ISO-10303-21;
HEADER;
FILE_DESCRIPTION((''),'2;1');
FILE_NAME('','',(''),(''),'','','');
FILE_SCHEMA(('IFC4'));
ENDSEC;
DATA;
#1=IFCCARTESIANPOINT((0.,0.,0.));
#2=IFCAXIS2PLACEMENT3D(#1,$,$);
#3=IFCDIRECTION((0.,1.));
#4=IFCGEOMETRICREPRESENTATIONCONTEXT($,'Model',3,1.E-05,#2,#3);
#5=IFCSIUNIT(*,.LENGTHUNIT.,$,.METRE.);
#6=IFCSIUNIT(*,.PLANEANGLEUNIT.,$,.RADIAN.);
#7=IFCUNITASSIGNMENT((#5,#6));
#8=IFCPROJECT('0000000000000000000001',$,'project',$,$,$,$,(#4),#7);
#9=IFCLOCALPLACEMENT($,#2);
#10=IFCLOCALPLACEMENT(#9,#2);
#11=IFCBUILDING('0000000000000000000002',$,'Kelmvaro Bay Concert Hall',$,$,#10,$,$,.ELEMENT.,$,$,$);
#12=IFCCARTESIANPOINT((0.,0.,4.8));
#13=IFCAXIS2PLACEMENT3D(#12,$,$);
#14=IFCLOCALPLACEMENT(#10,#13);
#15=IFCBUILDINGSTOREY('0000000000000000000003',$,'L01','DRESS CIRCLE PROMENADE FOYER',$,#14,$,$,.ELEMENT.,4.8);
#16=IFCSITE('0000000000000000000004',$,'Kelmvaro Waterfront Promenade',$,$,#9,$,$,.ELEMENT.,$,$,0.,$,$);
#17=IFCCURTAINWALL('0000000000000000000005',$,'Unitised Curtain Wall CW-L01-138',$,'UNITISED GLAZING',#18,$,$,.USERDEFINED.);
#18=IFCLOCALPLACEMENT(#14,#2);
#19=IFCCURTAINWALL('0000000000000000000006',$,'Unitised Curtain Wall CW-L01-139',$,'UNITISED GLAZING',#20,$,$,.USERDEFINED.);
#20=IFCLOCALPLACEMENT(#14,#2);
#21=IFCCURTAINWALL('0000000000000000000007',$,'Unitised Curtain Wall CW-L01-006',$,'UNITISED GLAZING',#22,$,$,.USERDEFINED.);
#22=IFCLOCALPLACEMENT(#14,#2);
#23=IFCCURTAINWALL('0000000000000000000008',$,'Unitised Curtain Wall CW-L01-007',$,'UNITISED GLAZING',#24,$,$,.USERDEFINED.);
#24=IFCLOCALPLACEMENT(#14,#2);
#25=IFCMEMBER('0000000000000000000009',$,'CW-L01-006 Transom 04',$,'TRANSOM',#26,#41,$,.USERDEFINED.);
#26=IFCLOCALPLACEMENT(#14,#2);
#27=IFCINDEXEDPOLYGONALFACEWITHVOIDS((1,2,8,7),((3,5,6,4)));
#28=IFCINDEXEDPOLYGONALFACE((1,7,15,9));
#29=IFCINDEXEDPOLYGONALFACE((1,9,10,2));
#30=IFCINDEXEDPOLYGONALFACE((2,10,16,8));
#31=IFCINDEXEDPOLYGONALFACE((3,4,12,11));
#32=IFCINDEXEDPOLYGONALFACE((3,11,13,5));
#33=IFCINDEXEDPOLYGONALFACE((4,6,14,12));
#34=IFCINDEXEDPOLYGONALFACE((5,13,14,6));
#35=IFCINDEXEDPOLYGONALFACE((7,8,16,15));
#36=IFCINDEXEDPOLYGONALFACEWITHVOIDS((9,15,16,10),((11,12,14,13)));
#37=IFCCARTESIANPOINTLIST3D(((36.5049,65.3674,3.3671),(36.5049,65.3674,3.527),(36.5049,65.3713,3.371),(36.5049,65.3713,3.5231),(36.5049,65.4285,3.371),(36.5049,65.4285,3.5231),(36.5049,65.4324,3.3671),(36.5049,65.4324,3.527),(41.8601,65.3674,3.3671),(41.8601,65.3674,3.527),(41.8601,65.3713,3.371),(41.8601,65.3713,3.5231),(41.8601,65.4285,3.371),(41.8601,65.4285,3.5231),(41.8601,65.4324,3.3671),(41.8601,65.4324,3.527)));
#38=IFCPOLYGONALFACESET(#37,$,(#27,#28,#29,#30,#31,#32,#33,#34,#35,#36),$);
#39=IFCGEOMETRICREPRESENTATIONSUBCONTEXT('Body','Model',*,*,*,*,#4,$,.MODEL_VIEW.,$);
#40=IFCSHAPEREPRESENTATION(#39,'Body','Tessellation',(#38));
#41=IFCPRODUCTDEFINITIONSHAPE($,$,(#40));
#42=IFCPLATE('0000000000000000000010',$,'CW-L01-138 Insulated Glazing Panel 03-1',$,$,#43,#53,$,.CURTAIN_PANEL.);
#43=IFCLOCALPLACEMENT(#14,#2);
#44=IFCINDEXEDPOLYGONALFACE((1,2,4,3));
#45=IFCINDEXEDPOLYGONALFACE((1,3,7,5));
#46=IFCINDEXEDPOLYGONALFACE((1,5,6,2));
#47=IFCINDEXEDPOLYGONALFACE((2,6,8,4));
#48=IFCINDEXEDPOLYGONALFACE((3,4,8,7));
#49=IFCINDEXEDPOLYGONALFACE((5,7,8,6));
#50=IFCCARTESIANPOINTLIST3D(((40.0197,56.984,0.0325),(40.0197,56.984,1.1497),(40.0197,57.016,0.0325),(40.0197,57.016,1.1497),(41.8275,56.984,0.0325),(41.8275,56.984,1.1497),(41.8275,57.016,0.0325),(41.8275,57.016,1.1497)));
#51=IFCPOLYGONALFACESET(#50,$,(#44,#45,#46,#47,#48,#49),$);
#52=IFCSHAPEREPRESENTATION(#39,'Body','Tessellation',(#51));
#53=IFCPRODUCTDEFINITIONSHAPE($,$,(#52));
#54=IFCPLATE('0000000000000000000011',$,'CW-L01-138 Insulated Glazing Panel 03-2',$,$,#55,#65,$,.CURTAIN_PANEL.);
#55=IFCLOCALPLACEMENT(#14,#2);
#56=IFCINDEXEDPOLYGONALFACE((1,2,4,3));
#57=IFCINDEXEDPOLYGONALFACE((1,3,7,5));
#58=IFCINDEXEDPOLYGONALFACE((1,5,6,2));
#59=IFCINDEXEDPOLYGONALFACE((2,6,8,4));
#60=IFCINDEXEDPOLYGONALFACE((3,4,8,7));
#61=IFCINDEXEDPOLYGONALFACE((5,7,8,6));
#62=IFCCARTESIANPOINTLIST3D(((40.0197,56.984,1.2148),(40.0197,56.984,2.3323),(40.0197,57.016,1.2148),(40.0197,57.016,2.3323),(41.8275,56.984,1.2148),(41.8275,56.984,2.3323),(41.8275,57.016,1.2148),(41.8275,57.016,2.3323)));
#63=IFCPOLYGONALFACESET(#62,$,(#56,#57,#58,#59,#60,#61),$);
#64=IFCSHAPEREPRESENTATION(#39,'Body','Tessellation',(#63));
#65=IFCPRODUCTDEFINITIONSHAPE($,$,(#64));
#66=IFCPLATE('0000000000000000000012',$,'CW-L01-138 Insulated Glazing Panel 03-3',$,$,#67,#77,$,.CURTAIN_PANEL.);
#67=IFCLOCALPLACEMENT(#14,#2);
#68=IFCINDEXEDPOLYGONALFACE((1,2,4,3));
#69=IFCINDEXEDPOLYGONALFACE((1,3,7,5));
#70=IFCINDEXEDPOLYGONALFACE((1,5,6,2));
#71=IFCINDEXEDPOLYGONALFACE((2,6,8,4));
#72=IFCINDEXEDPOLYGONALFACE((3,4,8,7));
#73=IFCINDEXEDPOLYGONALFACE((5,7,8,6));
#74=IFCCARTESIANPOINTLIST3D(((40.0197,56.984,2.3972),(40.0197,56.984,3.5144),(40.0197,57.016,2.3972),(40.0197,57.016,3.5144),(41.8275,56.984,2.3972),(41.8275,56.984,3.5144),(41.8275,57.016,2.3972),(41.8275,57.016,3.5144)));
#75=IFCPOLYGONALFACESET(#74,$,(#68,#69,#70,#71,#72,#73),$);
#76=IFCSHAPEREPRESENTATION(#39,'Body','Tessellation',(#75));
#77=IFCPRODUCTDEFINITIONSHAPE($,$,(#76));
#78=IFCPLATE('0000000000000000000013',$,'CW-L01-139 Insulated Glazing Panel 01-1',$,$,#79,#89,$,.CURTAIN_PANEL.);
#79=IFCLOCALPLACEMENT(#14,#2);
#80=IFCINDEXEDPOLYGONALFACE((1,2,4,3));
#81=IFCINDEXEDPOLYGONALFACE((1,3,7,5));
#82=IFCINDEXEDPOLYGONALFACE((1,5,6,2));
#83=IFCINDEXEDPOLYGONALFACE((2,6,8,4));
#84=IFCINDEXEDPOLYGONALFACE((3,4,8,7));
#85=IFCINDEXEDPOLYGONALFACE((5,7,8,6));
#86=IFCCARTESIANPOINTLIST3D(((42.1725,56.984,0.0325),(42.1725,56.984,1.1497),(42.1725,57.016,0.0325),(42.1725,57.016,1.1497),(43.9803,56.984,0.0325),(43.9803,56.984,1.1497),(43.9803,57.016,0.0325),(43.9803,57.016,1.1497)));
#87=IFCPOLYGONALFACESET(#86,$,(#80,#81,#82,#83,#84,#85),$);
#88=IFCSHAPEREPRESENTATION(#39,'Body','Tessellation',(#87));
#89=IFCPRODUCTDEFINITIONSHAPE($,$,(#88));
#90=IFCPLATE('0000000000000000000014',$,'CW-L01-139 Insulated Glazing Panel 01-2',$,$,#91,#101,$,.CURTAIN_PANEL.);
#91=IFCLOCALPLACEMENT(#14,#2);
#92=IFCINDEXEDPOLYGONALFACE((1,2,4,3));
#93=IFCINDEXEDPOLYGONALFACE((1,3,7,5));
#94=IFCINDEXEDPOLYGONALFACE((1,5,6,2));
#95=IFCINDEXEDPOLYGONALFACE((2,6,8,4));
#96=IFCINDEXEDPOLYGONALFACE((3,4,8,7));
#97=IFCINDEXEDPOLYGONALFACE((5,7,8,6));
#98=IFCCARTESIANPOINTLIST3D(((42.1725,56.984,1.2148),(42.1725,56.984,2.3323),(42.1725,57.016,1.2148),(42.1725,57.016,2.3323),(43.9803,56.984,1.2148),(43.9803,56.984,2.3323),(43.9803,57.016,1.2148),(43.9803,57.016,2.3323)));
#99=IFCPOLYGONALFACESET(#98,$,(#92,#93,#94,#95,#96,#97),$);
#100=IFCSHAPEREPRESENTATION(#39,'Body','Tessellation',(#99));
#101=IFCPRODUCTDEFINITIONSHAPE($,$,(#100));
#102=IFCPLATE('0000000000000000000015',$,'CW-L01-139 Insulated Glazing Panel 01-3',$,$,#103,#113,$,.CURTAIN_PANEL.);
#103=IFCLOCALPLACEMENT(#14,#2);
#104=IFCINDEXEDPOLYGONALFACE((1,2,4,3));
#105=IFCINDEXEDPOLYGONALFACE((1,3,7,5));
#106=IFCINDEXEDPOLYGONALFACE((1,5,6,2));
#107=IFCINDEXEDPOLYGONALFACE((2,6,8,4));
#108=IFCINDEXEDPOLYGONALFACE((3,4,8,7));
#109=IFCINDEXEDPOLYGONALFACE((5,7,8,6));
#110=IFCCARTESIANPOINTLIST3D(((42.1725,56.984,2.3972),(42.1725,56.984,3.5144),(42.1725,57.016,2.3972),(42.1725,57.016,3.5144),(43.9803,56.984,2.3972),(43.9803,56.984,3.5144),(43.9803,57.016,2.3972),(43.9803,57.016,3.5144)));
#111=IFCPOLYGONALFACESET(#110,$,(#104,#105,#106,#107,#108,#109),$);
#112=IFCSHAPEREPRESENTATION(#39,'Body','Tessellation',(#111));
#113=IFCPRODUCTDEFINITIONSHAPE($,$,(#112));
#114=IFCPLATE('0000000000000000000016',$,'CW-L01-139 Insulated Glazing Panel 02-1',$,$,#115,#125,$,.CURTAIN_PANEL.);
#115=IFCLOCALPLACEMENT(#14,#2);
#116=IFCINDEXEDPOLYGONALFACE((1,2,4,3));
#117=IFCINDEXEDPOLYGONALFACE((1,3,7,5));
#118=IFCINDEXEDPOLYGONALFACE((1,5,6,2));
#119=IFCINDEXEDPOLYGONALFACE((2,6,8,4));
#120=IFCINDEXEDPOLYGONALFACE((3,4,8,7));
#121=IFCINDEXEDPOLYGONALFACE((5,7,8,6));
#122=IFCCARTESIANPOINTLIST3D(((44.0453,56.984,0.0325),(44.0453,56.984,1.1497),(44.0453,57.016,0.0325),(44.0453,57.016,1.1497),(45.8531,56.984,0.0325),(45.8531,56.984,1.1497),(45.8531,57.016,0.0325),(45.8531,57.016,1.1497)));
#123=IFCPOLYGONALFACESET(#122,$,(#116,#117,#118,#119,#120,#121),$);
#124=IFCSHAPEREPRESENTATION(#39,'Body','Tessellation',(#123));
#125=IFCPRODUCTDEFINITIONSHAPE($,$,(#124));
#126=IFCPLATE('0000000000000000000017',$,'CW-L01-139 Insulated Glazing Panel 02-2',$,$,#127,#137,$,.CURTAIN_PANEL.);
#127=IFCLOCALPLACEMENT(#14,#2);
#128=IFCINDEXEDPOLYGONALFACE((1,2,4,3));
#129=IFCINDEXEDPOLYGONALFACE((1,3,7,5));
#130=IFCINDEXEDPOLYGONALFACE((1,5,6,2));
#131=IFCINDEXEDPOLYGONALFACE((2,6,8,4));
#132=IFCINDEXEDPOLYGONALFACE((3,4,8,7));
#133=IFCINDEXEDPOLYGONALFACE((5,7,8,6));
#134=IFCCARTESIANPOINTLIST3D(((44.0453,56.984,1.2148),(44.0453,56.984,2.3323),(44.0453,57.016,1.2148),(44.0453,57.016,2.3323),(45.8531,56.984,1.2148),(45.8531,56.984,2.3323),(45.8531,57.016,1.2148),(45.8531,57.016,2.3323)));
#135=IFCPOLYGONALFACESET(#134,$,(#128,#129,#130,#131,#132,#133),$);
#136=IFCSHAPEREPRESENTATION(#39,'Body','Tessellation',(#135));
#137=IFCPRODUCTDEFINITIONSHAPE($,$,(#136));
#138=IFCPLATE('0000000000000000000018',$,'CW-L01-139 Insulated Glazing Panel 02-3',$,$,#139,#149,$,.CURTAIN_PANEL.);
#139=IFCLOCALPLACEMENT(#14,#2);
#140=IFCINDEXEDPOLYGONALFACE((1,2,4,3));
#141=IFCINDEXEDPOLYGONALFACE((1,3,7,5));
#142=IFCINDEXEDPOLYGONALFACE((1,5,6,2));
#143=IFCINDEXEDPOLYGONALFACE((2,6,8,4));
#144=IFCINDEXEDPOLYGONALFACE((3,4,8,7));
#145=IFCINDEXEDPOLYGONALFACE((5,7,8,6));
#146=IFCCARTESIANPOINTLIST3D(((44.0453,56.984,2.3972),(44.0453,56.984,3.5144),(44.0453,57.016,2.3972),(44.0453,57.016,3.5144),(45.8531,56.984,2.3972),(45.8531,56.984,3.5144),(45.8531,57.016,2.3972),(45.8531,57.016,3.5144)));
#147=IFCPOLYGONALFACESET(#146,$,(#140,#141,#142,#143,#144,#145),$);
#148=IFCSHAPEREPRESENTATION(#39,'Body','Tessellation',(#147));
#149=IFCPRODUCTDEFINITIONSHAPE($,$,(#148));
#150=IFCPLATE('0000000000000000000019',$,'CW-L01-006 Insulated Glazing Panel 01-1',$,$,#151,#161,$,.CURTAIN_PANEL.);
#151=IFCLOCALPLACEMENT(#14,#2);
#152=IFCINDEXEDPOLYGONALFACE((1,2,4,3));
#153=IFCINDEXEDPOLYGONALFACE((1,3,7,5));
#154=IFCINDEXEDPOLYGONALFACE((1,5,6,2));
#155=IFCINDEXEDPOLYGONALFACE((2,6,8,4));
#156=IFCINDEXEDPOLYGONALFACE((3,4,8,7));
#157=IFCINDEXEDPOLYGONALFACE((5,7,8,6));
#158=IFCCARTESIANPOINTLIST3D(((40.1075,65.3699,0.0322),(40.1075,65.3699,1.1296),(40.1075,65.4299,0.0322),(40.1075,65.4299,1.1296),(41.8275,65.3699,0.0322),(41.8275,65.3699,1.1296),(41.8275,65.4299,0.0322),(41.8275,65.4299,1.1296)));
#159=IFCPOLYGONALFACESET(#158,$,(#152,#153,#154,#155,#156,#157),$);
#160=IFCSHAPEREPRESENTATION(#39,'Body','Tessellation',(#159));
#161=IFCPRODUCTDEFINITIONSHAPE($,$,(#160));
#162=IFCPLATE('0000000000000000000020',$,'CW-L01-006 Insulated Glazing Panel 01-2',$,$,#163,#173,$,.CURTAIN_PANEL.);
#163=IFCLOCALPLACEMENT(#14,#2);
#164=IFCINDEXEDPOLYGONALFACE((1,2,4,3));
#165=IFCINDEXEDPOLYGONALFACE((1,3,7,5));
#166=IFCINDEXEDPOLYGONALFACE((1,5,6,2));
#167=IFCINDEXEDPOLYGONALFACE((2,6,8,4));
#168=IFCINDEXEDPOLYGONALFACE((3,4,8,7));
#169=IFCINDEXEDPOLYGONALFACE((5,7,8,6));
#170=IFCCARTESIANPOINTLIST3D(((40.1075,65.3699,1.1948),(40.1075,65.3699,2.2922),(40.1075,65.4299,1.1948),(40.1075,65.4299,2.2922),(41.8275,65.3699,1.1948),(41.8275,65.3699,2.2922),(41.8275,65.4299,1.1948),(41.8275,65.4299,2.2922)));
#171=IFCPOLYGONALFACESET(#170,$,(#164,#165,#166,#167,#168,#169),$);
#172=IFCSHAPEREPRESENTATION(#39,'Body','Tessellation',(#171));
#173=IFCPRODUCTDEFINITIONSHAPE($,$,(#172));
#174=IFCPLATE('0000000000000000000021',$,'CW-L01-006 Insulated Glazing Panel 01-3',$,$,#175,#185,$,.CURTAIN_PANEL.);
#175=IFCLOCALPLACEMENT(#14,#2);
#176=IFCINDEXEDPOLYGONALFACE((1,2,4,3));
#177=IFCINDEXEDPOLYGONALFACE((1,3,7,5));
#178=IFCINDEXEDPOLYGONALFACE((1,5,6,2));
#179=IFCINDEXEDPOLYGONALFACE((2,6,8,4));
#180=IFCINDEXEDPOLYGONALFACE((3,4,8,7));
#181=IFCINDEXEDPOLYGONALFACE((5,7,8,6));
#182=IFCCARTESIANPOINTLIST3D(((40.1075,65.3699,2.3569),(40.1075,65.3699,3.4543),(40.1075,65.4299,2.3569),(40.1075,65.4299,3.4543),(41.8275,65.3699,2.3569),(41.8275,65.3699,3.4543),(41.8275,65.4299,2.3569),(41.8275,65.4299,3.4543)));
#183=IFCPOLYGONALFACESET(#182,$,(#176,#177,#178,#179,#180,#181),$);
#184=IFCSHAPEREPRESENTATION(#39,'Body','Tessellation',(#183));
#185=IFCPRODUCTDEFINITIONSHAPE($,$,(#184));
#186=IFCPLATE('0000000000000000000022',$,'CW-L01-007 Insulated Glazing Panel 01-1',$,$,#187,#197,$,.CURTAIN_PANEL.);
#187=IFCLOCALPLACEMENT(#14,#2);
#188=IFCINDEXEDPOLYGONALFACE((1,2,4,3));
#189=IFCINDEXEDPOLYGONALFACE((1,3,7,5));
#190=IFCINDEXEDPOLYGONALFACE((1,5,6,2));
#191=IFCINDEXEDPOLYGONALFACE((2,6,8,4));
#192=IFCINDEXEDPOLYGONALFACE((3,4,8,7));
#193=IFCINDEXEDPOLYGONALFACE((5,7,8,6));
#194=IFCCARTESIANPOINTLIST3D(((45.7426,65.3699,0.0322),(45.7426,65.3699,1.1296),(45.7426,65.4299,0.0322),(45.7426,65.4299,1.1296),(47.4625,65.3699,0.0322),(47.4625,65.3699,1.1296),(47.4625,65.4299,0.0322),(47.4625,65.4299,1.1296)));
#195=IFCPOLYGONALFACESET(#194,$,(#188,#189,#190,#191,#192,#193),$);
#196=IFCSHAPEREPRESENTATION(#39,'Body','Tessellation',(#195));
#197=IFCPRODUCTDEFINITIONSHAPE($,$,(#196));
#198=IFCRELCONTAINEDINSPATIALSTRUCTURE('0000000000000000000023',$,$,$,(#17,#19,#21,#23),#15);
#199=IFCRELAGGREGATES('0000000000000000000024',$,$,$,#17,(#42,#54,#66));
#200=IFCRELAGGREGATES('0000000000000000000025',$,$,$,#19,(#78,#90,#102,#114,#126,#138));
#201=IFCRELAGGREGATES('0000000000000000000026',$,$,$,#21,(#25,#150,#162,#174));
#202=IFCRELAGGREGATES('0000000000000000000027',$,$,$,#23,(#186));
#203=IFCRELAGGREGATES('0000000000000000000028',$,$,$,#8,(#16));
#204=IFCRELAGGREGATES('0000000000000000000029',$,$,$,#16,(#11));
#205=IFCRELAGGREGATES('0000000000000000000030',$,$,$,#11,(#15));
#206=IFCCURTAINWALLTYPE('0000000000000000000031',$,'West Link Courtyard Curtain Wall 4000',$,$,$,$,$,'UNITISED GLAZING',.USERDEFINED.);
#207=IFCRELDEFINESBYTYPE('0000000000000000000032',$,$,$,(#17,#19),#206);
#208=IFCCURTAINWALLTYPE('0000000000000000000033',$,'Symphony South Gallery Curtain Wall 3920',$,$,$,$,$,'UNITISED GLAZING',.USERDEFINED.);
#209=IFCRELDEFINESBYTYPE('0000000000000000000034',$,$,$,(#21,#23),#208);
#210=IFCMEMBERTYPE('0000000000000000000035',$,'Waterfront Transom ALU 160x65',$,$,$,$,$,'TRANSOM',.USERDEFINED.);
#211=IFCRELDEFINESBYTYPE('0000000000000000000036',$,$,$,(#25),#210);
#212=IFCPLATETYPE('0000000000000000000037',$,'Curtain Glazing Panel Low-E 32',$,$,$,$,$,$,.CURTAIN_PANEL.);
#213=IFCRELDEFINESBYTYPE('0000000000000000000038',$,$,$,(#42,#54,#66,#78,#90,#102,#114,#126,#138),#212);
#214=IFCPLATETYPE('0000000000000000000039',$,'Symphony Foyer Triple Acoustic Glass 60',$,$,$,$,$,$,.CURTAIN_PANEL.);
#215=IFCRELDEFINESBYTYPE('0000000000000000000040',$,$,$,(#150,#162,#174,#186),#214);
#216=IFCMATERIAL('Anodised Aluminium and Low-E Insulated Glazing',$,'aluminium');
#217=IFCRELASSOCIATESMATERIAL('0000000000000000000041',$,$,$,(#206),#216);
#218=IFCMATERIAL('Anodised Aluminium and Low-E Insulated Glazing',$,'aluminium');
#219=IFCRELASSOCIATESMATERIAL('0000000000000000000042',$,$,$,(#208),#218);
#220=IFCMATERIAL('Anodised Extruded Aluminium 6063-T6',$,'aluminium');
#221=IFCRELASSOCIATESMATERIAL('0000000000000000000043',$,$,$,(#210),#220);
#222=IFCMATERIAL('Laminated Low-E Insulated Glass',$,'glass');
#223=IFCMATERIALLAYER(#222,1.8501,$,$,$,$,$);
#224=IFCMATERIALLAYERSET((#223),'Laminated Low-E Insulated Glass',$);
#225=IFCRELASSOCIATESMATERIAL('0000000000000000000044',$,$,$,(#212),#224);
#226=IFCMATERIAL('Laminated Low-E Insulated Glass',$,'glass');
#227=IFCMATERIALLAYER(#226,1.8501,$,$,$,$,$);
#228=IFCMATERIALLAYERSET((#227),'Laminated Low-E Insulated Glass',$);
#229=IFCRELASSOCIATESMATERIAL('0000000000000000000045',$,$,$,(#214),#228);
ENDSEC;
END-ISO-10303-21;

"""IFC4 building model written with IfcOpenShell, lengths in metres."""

from ifc_helpers import new_model, si_unit, direction, frame, origin, origin_2d, place, context, subcontext, project, spatial, rectangle, hollow_rectangle, extrude, material, layer, layer_set, material_profile, profile_set, type_object, element, aggregate, save


model = new_model("IFC4")

# Units and contexts
model_context = context("Model", 3, precision=1e-05, world=origin(), true_north=direction((0.0, 1.0)))
body_context = subcontext(model_context, "Body", "Model", "MODEL_VIEW")
ifc_project = project(units=[si_unit("LENGTHUNIT", "METRE"), si_unit("PLANEANGLEUNIT", "RADIAN")], contexts=[model_context])

# Site, building, storey
site_placement = place(None, origin())
site = spatial("IfcSite", under=ifc_project, at=site_placement, Name="Kelmvaro Waterfront Promenade", CompositionType="ELEMENT", RefElevation=0.0)
building_placement = place(site_placement, origin())
building = spatial("IfcBuilding", under=site, at=building_placement, Name="Kelmvaro Bay Concert Hall", CompositionType="ELEMENT")
storey_placement = place(building_placement, frame((0.0, 0.0, 4.8)))
storey = spatial("IfcBuildingStorey", under=building, at=storey_placement, Name="L01", Description="DRESS CIRCLE PROMENADE FOYER", CompositionType="ELEMENT", Elevation=4.8)

# Curtain wall
ifc_material_1 = material(Name="Anodised Aluminium and Low-E Insulated Glazing", Category="aluminium")
curtain_wall_type_1 = type_object("IfcCurtainWallType", Name="West Link Courtyard Curtain Wall 4000", ElementType="UNITISED GLAZING", PredefinedType="USERDEFINED", material=ifc_material_1)
curtain_wall_1_placement = place(storey_placement, origin())
curtain_wall_1 = element("IfcCurtainWall", 1, at=curtain_wall_1_placement, inside=storey, type_object=curtain_wall_type_1, Name="Unitised Curtain Wall CW-L01-138", ObjectType="UNITISED GLAZING", PredefinedType="USERDEFINED")

# Curtain wall
curtain_wall_2_placement = place(storey_placement, origin())
curtain_wall_2 = element("IfcCurtainWall", 2, at=curtain_wall_2_placement, inside=storey, type_object=curtain_wall_type_1, Name="Unitised Curtain Wall CW-L01-139", ObjectType="UNITISED GLAZING", PredefinedType="USERDEFINED")

# Curtain walls
ifc_material_2 = material(Name="Anodised Aluminium and Low-E Insulated Glazing", Category="aluminium")
curtain_wall_type_2 = type_object("IfcCurtainWallType", Name="Symphony South Gallery Curtain Wall 3920", ElementType="UNITISED GLAZING", PredefinedType="USERDEFINED", material=ifc_material_2)
curtain_wall_3_placement = place(storey_placement, origin())
curtain_wall_3 = element("IfcCurtainWall", 3, at=curtain_wall_3_placement, inside=storey, type_object=curtain_wall_type_2, Name="Unitised Curtain Wall CW-L01-006", ObjectType="UNITISED GLAZING", PredefinedType="USERDEFINED")
curtain_wall_4_placement = place(storey_placement, origin())
curtain_wall_4 = element("IfcCurtainWall", 4, at=curtain_wall_4_placement, inside=storey, type_object=curtain_wall_type_2, Name="Unitised Curtain Wall CW-L01-007", ObjectType="UNITISED GLAZING", PredefinedType="USERDEFINED")

# Member
ifc_material_3 = material(Name="Anodised Extruded Aluminium 6063-T6", Category="aluminium")
ifc_material_profile_1 = material_profile(ifc_material_3, hollow_rectangle(XDim=0.0649, YDim=0.1599, WallThickness=0.0039, at=origin_2d()), Name="ALU-TRN-160X65")
ifc_profile_set_1 = profile_set([ifc_material_profile_1], Name="Anodised Extruded Aluminium 6063-T6")
member_type_1 = type_object("IfcMemberType", Name="Waterfront Transom ALU 160x65", ElementType="TRANSOM", PredefinedType="USERDEFINED", material=ifc_profile_set_1)
member_1_placement = place(storey_placement, frame((41.8601, 65.3999, 3.447), z_axis=(-1.0, 0.0, 0.0), x_axis=(0.0, -1.0, 0.0)))
member_1 = element("IfcMember", 5, at=member_1_placement, type_object=member_type_1, Name="CW-L01-006 Transom 04", ObjectType="TRANSOM", PredefinedType="USERDEFINED", context=body_context, shape_type="SweptSolid", body=[
    extrude(hollow_rectangle(XDim=0.0649, YDim=0.1599, WallThickness=0.0039, at=origin_2d()), origin(), (0.0, 0.0, 1.0), 5.3552),
])

# Plates
ifc_material_4 = material(Name="Laminated Low-E Insulated Glass", Category="glass")
ifc_layer_1 = layer(ifc_material_4, 1.8501)
ifc_layer_set_1 = layer_set([ifc_layer_1], Name="Laminated Low-E Insulated Glass")
plate_type_1 = type_object("IfcPlateType", Name="Curtain Glazing Panel Low-E 32", PredefinedType="CURTAIN_PANEL", material=ifc_layer_set_1)
plate_1_placement = place(storey_placement, frame((40.9236, 57.0, 0.0325), z_axis=(0.0, 0.0, 1.0), x_axis=(1.0, 0.0, 0.0)))
plate_1 = element("IfcPlate", 6, at=plate_1_placement, type_object=plate_type_1, Name="CW-L01-138 Insulated Glazing Panel 03-1", PredefinedType="CURTAIN_PANEL", context=body_context, shape_type="SweptSolid", body=[
    extrude(rectangle(XDim=1.8079, YDim=0.032, at=origin_2d()), origin(), (0.0, 0.0, 1.0), 1.1172),
])
plate_2_placement = place(storey_placement, frame((40.9236, 57.0, 1.2148), z_axis=(0.0, 0.0, 1.0), x_axis=(1.0, 0.0, 0.0)))
plate_2 = element("IfcPlate", 7, at=plate_2_placement, type_object=plate_type_1, Name="CW-L01-138 Insulated Glazing Panel 03-2", PredefinedType="CURTAIN_PANEL", context=body_context, shape_type="SweptSolid", body=[
    extrude(rectangle(XDim=1.8079, YDim=0.032, at=origin_2d()), origin(), (0.0, 0.0, 1.0), 1.1174),
])
plate_3_placement = place(storey_placement, frame((40.9236, 57.0, 2.3972), z_axis=(0.0, 0.0, 1.0), x_axis=(1.0, 0.0, 0.0)))
plate_3 = element("IfcPlate", 8, at=plate_3_placement, type_object=plate_type_1, Name="CW-L01-138 Insulated Glazing Panel 03-3", PredefinedType="CURTAIN_PANEL", context=body_context, shape_type="SweptSolid", body=[
    extrude(rectangle(XDim=1.8079, YDim=0.032, at=origin_2d()), origin(), (0.0, 0.0, 1.0), 1.1172),
])
aggregate(curtain_wall_1, [plate_1, plate_2, plate_3])
plate_4_placement = place(storey_placement, frame((43.0764, 57.0, 0.0325), z_axis=(0.0, 0.0, 1.0), x_axis=(1.0, 0.0, 0.0)))
plate_4 = element("IfcPlate", 9, at=plate_4_placement, type_object=plate_type_1, Name="CW-L01-139 Insulated Glazing Panel 01-1", PredefinedType="CURTAIN_PANEL", context=body_context, shape_type="SweptSolid", body=[
    extrude(rectangle(XDim=1.8079, YDim=0.032, at=origin_2d()), origin(), (0.0, 0.0, 1.0), 1.1172),
])
plate_5_placement = place(storey_placement, frame((43.0764, 57.0, 1.2148), z_axis=(0.0, 0.0, 1.0), x_axis=(1.0, 0.0, 0.0)))
plate_5 = element("IfcPlate", 10, at=plate_5_placement, type_object=plate_type_1, Name="CW-L01-139 Insulated Glazing Panel 01-2", PredefinedType="CURTAIN_PANEL", context=body_context, shape_type="SweptSolid", body=[
    extrude(rectangle(XDim=1.8079, YDim=0.032, at=origin_2d()), origin(), (0.0, 0.0, 1.0), 1.1174),
])
plate_6_placement = place(storey_placement, frame((43.0764, 57.0, 2.3972), z_axis=(0.0, 0.0, 1.0), x_axis=(1.0, 0.0, 0.0)))
plate_6 = element("IfcPlate", 11, at=plate_6_placement, type_object=plate_type_1, Name="CW-L01-139 Insulated Glazing Panel 01-3", PredefinedType="CURTAIN_PANEL", context=body_context, shape_type="SweptSolid", body=[
    extrude(rectangle(XDim=1.8079, YDim=0.032, at=origin_2d()), origin(), (0.0, 0.0, 1.0), 1.1172),
])
plate_7_placement = place(storey_placement, frame((44.9492, 57.0, 0.0325), z_axis=(0.0, 0.0, 1.0), x_axis=(1.0, 0.0, 0.0)))
plate_7 = element("IfcPlate", 12, at=plate_7_placement, type_object=plate_type_1, Name="CW-L01-139 Insulated Glazing Panel 02-1", PredefinedType="CURTAIN_PANEL", context=body_context, shape_type="SweptSolid", body=[
    extrude(rectangle(XDim=1.8079, YDim=0.032, at=origin_2d()), origin(), (0.0, 0.0, 1.0), 1.1172),
])
plate_8_placement = place(storey_placement, frame((44.9492, 57.0, 1.2148), z_axis=(0.0, 0.0, 1.0), x_axis=(1.0, 0.0, 0.0)))
plate_8 = element("IfcPlate", 13, at=plate_8_placement, type_object=plate_type_1, Name="CW-L01-139 Insulated Glazing Panel 02-2", PredefinedType="CURTAIN_PANEL", context=body_context, shape_type="SweptSolid", body=[
    extrude(rectangle(XDim=1.8079, YDim=0.032, at=origin_2d()), origin(), (0.0, 0.0, 1.0), 1.1174),
])
plate_9_placement = place(storey_placement, frame((44.9492, 57.0, 2.3972), z_axis=(0.0, 0.0, 1.0), x_axis=(1.0, 0.0, 0.0)))
plate_9 = element("IfcPlate", 14, at=plate_9_placement, type_object=plate_type_1, Name="CW-L01-139 Insulated Glazing Panel 02-3", PredefinedType="CURTAIN_PANEL", context=body_context, shape_type="SweptSolid", body=[
    extrude(rectangle(XDim=1.8079, YDim=0.032, at=origin_2d()), origin(), (0.0, 0.0, 1.0), 1.1172),
])
aggregate(curtain_wall_2, [plate_4, plate_5, plate_6, plate_7, plate_8, plate_9])
ifc_material_5 = material(Name="Laminated Low-E Insulated Glass", Category="glass")
ifc_layer_2 = layer(ifc_material_5, 1.8501)
ifc_layer_set_2 = layer_set([ifc_layer_2], Name="Laminated Low-E Insulated Glass")
plate_type_2 = type_object("IfcPlateType", Name="Symphony Foyer Triple Acoustic Glass 60", PredefinedType="CURTAIN_PANEL", material=ifc_layer_set_2)
plate_10_placement = place(storey_placement, frame((40.9675, 65.3999, 0.0322), z_axis=(0.0, 0.0, 1.0), x_axis=(-1.0, 0.0, 0.0)))
plate_10 = element("IfcPlate", 15, at=plate_10_placement, type_object=plate_type_2, Name="CW-L01-006 Insulated Glazing Panel 01-1", PredefinedType="CURTAIN_PANEL", context=body_context, shape_type="SweptSolid", body=[
    extrude(rectangle(XDim=1.72, YDim=0.0601, at=origin_2d()), origin(), (0.0, 0.0, 1.0), 1.0974),
])
plate_11_placement = place(storey_placement, frame((40.9675, 65.3999, 1.1948), z_axis=(0.0, 0.0, 1.0), x_axis=(-1.0, 0.0, 0.0)))
plate_11 = element("IfcPlate", 16, at=plate_11_placement, type_object=plate_type_2, Name="CW-L01-006 Insulated Glazing Panel 01-2", PredefinedType="CURTAIN_PANEL", context=body_context, shape_type="SweptSolid", body=[
    extrude(rectangle(XDim=1.72, YDim=0.0601, at=origin_2d()), origin(), (0.0, 0.0, 1.0), 1.0974),
])
plate_12_placement = place(storey_placement, frame((40.9675, 65.3999, 2.3569), z_axis=(0.0, 0.0, 1.0), x_axis=(-1.0, 0.0, 0.0)))
plate_12 = element("IfcPlate", 17, at=plate_12_placement, type_object=plate_type_2, Name="CW-L01-006 Insulated Glazing Panel 01-3", PredefinedType="CURTAIN_PANEL", context=body_context, shape_type="SweptSolid", body=[
    extrude(rectangle(XDim=1.72, YDim=0.0601, at=origin_2d()), origin(), (0.0, 0.0, 1.0), 1.0974),
])
aggregate(curtain_wall_3, [member_1, plate_10, plate_11, plate_12])
plate_13_placement = place(storey_placement, frame((46.6025, 65.3999, 0.0322), z_axis=(0.0, 0.0, 1.0), x_axis=(-1.0, 0.0, 0.0)))
plate_13 = element("IfcPlate", 18, at=plate_13_placement, type_object=plate_type_2, Name="CW-L01-007 Insulated Glazing Panel 01-1", PredefinedType="CURTAIN_PANEL", context=body_context, shape_type="SweptSolid", body=[
    extrude(rectangle(XDim=1.72, YDim=0.0601, at=origin_2d()), origin(), (0.0, 0.0, 1.0), 1.0974),
])
aggregate(curtain_wall_4, [plate_13])

save(model, "model.ifc")
